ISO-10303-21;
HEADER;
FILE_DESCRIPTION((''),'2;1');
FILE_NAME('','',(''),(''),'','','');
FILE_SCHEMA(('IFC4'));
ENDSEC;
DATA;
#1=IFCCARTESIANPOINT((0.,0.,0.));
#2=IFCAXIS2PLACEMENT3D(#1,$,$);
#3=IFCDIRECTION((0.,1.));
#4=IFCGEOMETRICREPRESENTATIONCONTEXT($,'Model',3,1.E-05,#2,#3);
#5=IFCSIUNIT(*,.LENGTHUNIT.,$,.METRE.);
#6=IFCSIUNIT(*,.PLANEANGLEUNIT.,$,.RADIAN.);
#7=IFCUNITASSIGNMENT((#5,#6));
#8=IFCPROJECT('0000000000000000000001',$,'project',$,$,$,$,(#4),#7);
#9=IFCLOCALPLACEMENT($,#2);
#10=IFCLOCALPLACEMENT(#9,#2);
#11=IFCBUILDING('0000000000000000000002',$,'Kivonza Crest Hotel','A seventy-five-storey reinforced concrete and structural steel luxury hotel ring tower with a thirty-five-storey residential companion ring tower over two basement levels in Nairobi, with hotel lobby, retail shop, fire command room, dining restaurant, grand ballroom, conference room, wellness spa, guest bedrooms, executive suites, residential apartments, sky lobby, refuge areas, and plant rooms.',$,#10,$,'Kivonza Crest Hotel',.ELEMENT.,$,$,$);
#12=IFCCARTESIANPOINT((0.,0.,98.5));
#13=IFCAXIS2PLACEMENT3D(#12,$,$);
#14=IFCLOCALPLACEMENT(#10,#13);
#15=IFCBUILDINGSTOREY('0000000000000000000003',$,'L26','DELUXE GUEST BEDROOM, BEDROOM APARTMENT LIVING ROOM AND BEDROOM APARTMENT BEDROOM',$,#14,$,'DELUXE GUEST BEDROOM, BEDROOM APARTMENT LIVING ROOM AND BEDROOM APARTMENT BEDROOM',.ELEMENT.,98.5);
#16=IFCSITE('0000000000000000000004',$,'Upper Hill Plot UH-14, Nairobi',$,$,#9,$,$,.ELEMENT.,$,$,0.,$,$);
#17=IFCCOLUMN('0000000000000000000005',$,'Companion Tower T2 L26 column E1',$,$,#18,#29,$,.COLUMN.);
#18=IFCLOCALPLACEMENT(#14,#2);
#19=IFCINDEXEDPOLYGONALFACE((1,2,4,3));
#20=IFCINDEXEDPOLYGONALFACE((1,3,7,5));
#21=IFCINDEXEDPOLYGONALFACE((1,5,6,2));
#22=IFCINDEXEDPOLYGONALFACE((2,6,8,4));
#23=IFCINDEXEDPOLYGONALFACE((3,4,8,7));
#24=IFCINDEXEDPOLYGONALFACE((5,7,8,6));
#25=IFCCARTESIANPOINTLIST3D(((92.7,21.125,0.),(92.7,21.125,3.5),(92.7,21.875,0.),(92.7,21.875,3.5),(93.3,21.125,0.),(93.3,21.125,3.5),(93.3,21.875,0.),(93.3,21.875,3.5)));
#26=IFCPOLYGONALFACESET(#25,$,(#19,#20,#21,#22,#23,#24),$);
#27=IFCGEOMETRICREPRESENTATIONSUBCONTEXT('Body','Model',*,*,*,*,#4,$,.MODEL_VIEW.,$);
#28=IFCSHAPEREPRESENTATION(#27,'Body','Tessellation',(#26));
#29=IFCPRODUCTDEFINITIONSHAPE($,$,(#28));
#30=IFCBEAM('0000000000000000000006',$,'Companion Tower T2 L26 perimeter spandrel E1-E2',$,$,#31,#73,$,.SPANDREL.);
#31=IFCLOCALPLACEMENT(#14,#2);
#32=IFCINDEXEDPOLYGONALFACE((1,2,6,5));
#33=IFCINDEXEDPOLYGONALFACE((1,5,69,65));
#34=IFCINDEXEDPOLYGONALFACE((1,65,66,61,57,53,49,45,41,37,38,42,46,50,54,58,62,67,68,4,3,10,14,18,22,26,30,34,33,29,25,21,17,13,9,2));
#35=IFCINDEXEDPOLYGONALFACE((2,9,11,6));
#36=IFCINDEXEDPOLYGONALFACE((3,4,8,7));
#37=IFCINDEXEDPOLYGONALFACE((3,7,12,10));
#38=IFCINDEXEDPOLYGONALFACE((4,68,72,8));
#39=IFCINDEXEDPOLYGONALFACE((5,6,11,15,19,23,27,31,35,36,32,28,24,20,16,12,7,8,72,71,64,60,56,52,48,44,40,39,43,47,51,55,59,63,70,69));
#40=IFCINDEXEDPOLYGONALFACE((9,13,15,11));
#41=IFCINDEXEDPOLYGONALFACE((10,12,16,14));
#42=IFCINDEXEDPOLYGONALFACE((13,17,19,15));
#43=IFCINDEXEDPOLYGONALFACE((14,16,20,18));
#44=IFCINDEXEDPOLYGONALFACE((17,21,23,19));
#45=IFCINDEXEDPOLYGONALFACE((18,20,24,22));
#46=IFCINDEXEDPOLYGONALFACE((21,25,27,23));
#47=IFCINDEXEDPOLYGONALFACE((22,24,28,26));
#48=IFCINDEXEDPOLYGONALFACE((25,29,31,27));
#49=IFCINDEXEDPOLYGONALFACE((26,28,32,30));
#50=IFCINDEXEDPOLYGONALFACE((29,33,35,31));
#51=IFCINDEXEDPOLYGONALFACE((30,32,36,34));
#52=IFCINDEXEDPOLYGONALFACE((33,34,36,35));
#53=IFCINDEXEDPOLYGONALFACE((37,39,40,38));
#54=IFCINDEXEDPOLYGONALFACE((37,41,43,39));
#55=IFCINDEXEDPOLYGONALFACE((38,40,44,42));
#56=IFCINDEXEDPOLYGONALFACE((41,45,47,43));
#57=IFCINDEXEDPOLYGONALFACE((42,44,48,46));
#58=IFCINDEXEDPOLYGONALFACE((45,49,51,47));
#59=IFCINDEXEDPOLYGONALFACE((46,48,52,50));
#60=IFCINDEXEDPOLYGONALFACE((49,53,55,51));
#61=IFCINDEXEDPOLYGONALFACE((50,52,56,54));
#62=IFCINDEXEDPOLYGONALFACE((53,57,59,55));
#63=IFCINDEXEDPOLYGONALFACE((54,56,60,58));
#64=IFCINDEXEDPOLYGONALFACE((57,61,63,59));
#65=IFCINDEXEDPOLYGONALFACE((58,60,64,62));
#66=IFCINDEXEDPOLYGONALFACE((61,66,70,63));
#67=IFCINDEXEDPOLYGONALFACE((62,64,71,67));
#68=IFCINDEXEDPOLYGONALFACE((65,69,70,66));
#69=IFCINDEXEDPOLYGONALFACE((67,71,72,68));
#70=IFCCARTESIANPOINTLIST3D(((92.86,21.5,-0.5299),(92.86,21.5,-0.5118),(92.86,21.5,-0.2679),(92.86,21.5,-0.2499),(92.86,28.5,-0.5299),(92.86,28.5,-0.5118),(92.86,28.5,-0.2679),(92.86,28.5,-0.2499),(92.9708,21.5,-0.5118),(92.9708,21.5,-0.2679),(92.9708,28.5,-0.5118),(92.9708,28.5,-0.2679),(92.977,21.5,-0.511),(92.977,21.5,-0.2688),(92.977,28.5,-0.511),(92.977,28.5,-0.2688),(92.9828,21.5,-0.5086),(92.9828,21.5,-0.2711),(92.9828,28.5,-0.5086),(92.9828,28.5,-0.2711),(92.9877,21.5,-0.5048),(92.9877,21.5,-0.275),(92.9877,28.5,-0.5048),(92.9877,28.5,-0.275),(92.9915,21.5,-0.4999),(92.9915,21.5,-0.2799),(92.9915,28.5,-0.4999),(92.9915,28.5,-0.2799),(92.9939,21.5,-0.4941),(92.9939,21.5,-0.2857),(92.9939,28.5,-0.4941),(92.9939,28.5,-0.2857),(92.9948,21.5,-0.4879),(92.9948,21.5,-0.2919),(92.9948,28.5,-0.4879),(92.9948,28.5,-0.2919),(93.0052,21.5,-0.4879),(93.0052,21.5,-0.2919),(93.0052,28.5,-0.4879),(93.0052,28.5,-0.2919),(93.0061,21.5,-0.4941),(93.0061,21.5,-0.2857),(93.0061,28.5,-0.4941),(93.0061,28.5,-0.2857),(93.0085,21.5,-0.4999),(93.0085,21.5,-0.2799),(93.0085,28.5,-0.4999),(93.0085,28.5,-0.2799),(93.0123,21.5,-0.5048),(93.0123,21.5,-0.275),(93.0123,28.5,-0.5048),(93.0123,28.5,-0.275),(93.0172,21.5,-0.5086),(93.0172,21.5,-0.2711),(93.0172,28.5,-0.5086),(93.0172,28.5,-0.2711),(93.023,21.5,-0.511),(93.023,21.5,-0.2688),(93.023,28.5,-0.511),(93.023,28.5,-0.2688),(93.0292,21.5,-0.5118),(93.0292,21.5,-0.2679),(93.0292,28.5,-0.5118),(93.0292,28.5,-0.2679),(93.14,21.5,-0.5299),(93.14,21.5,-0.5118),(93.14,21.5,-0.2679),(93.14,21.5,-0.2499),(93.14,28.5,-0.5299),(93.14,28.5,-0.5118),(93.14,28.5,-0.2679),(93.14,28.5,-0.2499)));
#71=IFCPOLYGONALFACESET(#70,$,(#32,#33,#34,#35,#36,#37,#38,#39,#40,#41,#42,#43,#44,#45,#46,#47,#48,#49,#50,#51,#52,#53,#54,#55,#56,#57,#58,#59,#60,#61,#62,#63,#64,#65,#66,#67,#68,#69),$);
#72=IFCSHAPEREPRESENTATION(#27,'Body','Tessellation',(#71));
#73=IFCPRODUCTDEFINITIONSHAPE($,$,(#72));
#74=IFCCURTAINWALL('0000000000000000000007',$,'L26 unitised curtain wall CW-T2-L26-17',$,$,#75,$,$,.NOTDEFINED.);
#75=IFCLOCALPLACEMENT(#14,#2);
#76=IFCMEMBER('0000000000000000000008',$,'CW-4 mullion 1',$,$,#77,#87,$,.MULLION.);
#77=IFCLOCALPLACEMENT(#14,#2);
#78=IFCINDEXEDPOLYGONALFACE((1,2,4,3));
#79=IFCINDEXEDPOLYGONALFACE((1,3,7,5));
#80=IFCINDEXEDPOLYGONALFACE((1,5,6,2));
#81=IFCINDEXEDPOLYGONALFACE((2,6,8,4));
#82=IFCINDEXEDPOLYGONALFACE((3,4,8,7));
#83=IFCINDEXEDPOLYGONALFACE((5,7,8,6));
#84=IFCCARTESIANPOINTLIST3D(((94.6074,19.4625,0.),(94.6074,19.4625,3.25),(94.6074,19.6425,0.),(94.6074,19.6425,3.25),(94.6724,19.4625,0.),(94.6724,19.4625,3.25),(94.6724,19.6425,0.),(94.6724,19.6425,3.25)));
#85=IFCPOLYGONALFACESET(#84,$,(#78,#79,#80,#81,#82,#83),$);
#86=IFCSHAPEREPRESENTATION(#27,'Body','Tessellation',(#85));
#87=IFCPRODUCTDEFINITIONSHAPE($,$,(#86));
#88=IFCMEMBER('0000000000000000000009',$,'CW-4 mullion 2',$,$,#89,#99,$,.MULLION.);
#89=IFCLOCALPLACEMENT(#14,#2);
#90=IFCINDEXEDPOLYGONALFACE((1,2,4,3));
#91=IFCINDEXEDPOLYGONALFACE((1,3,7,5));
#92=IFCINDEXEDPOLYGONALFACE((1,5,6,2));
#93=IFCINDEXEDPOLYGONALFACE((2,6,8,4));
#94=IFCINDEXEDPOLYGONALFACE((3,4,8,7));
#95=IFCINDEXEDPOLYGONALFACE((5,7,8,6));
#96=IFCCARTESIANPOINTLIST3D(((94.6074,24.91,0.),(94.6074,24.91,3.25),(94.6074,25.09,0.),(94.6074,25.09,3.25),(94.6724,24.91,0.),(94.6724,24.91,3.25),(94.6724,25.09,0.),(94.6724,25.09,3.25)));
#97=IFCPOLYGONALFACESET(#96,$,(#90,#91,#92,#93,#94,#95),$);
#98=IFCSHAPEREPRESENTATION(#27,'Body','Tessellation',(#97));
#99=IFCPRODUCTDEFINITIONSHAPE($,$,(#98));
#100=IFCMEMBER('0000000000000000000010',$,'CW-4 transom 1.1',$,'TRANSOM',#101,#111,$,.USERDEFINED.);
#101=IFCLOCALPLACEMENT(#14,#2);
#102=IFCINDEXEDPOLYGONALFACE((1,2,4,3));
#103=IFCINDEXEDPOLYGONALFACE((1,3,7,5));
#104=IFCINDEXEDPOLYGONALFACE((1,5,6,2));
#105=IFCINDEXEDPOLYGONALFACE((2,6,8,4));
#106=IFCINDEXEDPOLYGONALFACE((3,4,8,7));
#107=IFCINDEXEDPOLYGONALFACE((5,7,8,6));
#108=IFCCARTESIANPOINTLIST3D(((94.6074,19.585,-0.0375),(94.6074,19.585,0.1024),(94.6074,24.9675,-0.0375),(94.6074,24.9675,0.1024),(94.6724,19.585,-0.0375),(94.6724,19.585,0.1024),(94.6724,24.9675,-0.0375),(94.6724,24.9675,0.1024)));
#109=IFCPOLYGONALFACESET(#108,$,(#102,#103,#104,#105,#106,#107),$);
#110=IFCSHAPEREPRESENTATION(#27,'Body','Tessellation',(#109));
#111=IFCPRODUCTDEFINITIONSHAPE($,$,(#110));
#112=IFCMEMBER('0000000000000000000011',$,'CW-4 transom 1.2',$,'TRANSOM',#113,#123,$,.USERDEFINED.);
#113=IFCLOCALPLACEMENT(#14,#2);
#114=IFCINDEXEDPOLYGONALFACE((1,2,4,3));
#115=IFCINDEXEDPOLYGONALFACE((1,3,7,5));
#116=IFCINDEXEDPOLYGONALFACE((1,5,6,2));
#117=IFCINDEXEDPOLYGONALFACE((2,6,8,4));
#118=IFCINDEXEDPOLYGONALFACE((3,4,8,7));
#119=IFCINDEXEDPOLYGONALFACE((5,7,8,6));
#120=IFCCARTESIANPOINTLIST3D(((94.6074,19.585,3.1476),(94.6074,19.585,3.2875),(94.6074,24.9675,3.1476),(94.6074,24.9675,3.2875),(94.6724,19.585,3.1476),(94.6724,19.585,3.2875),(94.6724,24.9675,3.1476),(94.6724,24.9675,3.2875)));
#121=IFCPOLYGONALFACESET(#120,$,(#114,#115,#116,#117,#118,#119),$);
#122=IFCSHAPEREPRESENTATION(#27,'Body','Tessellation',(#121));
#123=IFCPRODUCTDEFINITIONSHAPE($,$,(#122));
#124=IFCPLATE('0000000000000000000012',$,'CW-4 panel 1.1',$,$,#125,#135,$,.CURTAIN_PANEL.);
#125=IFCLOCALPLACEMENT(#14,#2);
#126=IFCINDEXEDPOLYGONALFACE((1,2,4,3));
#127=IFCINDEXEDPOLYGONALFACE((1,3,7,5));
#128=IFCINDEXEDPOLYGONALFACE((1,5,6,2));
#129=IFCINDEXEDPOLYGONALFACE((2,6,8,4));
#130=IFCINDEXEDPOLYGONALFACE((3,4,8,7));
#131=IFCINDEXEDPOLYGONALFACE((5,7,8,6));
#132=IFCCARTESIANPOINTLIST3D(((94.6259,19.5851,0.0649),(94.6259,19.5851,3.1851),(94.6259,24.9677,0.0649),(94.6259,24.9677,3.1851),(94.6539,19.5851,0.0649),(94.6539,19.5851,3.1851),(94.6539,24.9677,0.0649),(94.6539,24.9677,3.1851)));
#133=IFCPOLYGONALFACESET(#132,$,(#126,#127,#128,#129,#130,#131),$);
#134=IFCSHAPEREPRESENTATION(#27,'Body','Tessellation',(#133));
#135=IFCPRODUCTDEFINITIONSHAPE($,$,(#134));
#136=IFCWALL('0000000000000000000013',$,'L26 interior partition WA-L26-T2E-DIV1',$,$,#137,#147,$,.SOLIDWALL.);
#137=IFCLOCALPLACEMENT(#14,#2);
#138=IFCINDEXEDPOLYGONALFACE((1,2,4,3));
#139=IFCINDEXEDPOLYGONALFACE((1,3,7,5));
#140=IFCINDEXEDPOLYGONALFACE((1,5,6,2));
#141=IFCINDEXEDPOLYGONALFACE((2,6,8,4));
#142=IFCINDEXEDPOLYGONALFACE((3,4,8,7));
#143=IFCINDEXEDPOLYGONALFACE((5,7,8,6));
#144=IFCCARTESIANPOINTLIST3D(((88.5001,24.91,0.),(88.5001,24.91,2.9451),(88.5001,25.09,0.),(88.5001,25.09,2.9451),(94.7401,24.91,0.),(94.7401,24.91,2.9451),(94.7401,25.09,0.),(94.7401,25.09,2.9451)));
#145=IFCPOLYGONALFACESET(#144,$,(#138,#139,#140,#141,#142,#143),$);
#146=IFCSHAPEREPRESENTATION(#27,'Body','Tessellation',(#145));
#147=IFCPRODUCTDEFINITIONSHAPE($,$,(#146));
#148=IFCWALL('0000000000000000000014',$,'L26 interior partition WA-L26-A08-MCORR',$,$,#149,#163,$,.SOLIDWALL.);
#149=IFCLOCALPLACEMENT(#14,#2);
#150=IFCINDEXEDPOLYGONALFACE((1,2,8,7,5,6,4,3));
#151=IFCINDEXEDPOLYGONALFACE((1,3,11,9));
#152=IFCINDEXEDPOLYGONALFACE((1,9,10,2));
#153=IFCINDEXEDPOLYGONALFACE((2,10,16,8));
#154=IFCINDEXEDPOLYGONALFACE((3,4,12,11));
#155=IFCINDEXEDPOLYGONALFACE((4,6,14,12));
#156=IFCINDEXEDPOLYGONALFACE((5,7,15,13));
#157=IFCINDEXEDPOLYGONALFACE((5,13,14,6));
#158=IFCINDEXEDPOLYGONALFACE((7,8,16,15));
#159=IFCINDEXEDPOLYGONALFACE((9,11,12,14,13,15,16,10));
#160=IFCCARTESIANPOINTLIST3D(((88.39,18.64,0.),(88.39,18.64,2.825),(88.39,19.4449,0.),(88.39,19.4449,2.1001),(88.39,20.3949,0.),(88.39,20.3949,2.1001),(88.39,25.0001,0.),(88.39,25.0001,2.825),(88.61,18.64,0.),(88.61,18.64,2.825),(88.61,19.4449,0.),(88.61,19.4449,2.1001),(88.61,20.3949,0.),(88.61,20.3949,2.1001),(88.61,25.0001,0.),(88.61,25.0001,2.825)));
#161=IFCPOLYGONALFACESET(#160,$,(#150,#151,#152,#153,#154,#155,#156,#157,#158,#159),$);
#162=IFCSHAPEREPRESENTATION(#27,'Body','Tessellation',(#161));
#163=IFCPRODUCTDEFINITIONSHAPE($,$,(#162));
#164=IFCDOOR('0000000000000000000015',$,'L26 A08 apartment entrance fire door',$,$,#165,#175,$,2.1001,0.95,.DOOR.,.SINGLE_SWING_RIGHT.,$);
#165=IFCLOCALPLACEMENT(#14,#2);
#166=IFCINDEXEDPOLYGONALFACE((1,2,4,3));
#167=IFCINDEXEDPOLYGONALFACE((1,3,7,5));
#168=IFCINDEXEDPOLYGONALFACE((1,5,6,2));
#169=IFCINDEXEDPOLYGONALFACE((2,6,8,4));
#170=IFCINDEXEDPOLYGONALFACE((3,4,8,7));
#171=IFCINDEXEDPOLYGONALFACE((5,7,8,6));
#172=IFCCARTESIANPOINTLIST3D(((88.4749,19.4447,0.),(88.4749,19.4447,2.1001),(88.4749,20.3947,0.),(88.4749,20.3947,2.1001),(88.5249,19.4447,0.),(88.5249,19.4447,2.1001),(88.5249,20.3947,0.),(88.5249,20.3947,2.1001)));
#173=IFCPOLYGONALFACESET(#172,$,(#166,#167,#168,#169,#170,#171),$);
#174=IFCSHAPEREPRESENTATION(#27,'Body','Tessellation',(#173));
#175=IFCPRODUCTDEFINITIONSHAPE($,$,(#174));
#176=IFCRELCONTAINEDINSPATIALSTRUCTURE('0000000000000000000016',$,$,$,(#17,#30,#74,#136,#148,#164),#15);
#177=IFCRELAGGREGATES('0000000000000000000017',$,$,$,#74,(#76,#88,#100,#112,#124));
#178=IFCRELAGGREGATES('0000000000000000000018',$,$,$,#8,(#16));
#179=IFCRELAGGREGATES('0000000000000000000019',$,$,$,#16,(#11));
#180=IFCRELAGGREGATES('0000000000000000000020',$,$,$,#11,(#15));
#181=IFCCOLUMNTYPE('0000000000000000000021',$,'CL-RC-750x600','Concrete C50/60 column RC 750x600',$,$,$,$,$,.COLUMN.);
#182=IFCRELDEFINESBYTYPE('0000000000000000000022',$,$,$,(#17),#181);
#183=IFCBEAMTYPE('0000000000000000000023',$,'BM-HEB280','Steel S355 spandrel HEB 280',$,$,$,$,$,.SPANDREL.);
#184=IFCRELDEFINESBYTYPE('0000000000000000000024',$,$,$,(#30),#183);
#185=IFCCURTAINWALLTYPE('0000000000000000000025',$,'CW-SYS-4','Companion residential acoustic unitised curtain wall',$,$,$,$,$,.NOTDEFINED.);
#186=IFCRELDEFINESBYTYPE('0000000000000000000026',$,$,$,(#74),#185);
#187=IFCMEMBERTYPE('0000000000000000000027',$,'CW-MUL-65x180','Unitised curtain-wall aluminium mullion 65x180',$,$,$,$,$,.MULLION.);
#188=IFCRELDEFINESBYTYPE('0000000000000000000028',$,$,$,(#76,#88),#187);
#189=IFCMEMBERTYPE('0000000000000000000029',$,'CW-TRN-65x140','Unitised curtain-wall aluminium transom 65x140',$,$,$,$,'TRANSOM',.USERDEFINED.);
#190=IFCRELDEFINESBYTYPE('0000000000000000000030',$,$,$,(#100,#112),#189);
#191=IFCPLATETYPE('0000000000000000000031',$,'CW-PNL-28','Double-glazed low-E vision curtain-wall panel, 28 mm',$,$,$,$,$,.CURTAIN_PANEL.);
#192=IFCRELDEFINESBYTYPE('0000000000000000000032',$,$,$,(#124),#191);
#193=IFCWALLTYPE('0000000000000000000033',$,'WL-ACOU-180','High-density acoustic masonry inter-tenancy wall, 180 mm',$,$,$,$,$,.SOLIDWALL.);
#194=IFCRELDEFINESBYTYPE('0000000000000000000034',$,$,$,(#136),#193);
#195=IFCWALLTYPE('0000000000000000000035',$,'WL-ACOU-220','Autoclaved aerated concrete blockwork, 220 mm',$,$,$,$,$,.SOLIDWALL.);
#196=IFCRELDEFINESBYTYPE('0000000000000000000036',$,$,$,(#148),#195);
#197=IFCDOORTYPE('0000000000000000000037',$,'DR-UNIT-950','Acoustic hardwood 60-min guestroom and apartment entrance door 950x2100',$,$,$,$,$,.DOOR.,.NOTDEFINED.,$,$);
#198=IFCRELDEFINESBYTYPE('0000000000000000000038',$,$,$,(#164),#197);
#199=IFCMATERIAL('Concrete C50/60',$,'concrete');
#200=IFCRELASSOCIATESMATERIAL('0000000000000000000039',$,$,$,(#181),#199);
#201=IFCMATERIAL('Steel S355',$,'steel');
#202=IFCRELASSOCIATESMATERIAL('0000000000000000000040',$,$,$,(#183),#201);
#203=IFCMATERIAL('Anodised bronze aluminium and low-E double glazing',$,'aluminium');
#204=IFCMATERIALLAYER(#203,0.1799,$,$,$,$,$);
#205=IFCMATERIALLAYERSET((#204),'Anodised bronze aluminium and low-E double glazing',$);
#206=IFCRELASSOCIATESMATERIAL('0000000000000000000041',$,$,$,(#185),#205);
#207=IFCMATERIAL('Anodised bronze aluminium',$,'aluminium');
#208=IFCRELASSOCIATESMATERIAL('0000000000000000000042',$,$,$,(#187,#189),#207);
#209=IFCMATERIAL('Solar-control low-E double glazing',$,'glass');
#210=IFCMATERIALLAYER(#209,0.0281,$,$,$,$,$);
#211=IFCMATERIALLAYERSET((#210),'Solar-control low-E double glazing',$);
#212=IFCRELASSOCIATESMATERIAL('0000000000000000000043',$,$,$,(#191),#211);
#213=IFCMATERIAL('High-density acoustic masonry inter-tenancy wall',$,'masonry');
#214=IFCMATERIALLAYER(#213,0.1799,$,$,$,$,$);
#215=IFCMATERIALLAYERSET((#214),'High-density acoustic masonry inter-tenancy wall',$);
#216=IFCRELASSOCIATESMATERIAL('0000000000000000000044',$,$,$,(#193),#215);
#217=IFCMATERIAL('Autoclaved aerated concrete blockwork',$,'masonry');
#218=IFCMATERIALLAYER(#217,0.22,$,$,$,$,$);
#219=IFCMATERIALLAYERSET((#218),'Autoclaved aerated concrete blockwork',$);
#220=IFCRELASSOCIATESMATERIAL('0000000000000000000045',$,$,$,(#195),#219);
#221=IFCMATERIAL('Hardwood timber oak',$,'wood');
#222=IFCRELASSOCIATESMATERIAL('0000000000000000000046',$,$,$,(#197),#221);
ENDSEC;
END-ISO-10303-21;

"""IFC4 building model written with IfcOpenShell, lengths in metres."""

from ifc_helpers import new_model, si_unit, direction, frame, frame_2d, origin, origin_2d, place, context, subcontext, project, spatial, rectangle, i_section, extrude, material, layer, layer_set, material_profile, profile_set, type_object, element, fill, aggregate, save


model = new_model("IFC4")

# Units and contexts
model_context = context("Model", 3, precision=1e-05, world=origin(), true_north=direction((0.0, 1.0)))
body_context = subcontext(model_context, "Body", "Model", "MODEL_VIEW")
ifc_project = project(units=[si_unit("LENGTHUNIT", "METRE"), si_unit("PLANEANGLEUNIT", "RADIAN")], contexts=[model_context])

# Site, building, storey
site_placement = place(None, origin())
site = spatial("IfcSite", under=ifc_project, at=site_placement, Name="Upper Hill Plot UH-14, Nairobi", CompositionType="ELEMENT", RefElevation=0.0)
building_placement = place(site_placement, origin())
building = spatial("IfcBuilding", under=site, at=building_placement, Name="Kivonza Crest Hotel", Description="A seventy-five-storey reinforced concrete and structural steel luxury hotel ring tower with a thirty-five-storey residential companion ring tower over two basement levels in Nairobi, with hotel lobby, retail shop, fire command room, dining restaurant, grand ballroom, conference room, wellness spa, guest bedrooms, executive suites, residential apartments, sky lobby, refuge areas, and plant rooms.", LongName="Kivonza Crest Hotel", CompositionType="ELEMENT")
storey_placement = place(building_placement, frame((0.0, 0.0, 98.5)))
storey = spatial("IfcBuildingStorey", under=building, at=storey_placement, Name="L26", Description="DELUXE GUEST BEDROOM, BEDROOM APARTMENT LIVING ROOM AND BEDROOM APARTMENT BEDROOM", LongName="DELUXE GUEST BEDROOM, BEDROOM APARTMENT LIVING ROOM AND BEDROOM APARTMENT BEDROOM", CompositionType="ELEMENT", Elevation=98.5)

# Column
ifc_material_1 = material(Name="Concrete C50/60", Category="concrete")
ifc_material_profile_1 = material_profile(ifc_material_1, rectangle(XDim=0.6001, YDim=0.75, at=origin_2d()), Name="RC 750x600")
ifc_profile_set_1 = profile_set([ifc_material_profile_1], Name="Concrete C50/60")
column_type = type_object("IfcColumnType", Name="CL-RC-750x600", Description="Concrete C50/60 column RC 750x600", PredefinedType="COLUMN", material=ifc_profile_set_1)
column_placement = place(storey_placement, frame((93.0, 21.5, 0.0), z_axis=(0.0, 0.0, 1.0), x_axis=(1.0, 0.0, 0.0)))
element("IfcColumn", 1, at=column_placement, inside=storey, type_object=column_type, Name="Companion Tower T2 L26 column E1", PredefinedType="COLUMN", context=body_context, shape_type="SweptSolid", body=[
    extrude(rectangle(XDim=0.6001, YDim=0.75, at=origin_2d()), origin(), (0.0, 0.0, 1.0), 3.5),
])

# Beam
ifc_material_2 = material(Name="Steel S355", Category="steel")
ifc_material_profile_2 = material_profile(ifc_material_2, i_section(OverallWidth=0.28, OverallDepth=0.28, WebThickness=0.0105, FlangeThickness=0.0181, FilletRadius=0.0239, at=origin_2d()), Name="HEB 280")
ifc_profile_set_2 = profile_set([ifc_material_profile_2], Name="Steel S355")
beam_type = type_object("IfcBeamType", Name="BM-HEB280", Description="Steel S355 spandrel HEB 280", PredefinedType="SPANDREL", material=ifc_profile_set_2)
beam_placement = place(storey_placement, frame((93.0, 21.5, -0.3899), z_axis=(0.0, 1.0, 0.0), x_axis=(-1.0, 0.0, 0.0)))
element("IfcBeam", 2, at=beam_placement, inside=storey, type_object=beam_type, Name="Companion Tower T2 L26 perimeter spandrel E1-E2", PredefinedType="SPANDREL", context=body_context, shape_type="SweptSolid", body=[
    extrude(i_section(OverallWidth=0.28, OverallDepth=0.28, WebThickness=0.0105, FlangeThickness=0.0181, FilletRadius=0.0239, at=origin_2d()), origin(), (0.0, 0.0, 1.0), 7.0),
])

# Curtain wall, members, plate
ifc_material_3 = material(Name="Anodised bronze aluminium and low-E double glazing", Category="aluminium")
ifc_layer_1 = layer(ifc_material_3, 0.1799)
ifc_layer_set_1 = layer_set([ifc_layer_1], Name="Anodised bronze aluminium and low-E double glazing")
curtain_wall_type = type_object("IfcCurtainWallType", Name="CW-SYS-4", Description="Companion residential acoustic unitised curtain wall", PredefinedType="NOTDEFINED", material=ifc_layer_set_1)
curtain_wall_placement = place(storey_placement, origin())
curtain_wall = element("IfcCurtainWall", 3, at=curtain_wall_placement, inside=storey, type_object=curtain_wall_type, Name="L26 unitised curtain wall CW-T2-L26-17", PredefinedType="NOTDEFINED")
ifc_material_4 = material(Name="Anodised bronze aluminium", Category="aluminium")
ifc_material_profile_3 = material_profile(ifc_material_4, rectangle(XDim=0.0649, YDim=0.1799, at=origin_2d()), Name="CW-M 65x180")
ifc_profile_set_3 = profile_set([ifc_material_profile_3], Name="Anodised bronze aluminium")
member_type_1 = type_object("IfcMemberType", Name="CW-MUL-65x180", Description="Unitised curtain-wall aluminium mullion 65x180", PredefinedType="MULLION", material=ifc_profile_set_3)
member_1_placement = place(storey_placement, frame((94.6399, 19.5525, 0.0), z_axis=(0.0, 0.0, 1.0), x_axis=(-1.0, 0.0, 0.0)))
member_1 = element("IfcMember", 4, at=member_1_placement, type_object=member_type_1, Name="CW-4 mullion 1", PredefinedType="MULLION", context=body_context, shape_type="SweptSolid", body=[
    extrude(rectangle(XDim=0.0649, YDim=0.1799, at=origin_2d()), origin(), (0.0, 0.0, 1.0), 3.25),
])
member_2_placement = place(storey_placement, frame((94.6399, 25.0, 0.0), z_axis=(0.0, 0.0, 1.0), x_axis=(-1.0, 0.0, 0.0)))
member_2 = element("IfcMember", 5, at=member_2_placement, type_object=member_type_1, Name="CW-4 mullion 2", PredefinedType="MULLION", context=body_context, shape_type="SweptSolid", body=[
    extrude(rectangle(XDim=0.0649, YDim=0.1799, at=origin_2d()), origin(), (0.0, 0.0, 1.0), 3.25),
])
ifc_material_profile_4 = material_profile(ifc_material_4, rectangle(XDim=0.0649, YDim=0.1399, at=origin_2d()), Name="CW-T 65x140")
ifc_profile_set_4 = profile_set([ifc_material_profile_4], Name="Anodised bronze aluminium")
member_type_2 = type_object("IfcMemberType", Name="CW-TRN-65x140", Description="Unitised curtain-wall aluminium transom 65x140", ElementType="TRANSOM", PredefinedType="USERDEFINED", material=ifc_profile_set_4)
member_3_placement = place(storey_placement, frame((94.6399, 19.585, 0.0325), z_axis=(0.0, 1.0, 0.0), x_axis=(-1.0, 0.0, 0.0)))
member_3 = element("IfcMember", 6, at=member_3_placement, type_object=member_type_2, Name="CW-4 transom 1.1", ObjectType="TRANSOM", PredefinedType="USERDEFINED", context=body_context, shape_type="SweptSolid", body=[
    extrude(rectangle(XDim=0.0649, YDim=0.1399, at=origin_2d()), origin(), (0.0, 0.0, 1.0), 5.3826),
])
member_4_placement = place(storey_placement, frame((94.6399, 19.585, 3.2175), z_axis=(0.0, 1.0, 0.0), x_axis=(-1.0, 0.0, 0.0)))
member_4 = element("IfcMember", 7, at=member_4_placement, type_object=member_type_2, Name="CW-4 transom 1.2", ObjectType="TRANSOM", PredefinedType="USERDEFINED", context=body_context, shape_type="SweptSolid", body=[
    extrude(rectangle(XDim=0.0649, YDim=0.1399, at=origin_2d()), origin(), (0.0, 0.0, 1.0), 5.3826),
])
ifc_material_5 = material(Name="Solar-control low-E double glazing", Category="glass")
ifc_layer_2 = layer(ifc_material_5, 0.0281)
ifc_layer_set_2 = layer_set([ifc_layer_2], Name="Solar-control low-E double glazing")
plate_type = type_object("IfcPlateType", Name="CW-PNL-28", Description="Double-glazed low-E vision curtain-wall panel, 28 mm", PredefinedType="CURTAIN_PANEL", material=ifc_layer_set_2)
plate_placement = place(storey_placement, frame((94.6399, 22.2764, 0.0649), z_axis=(0.0, 0.0, 1.0), x_axis=(0.0, 1.0, 0.0)))
plate = element("IfcPlate", 8, at=plate_placement, type_object=plate_type, Name="CW-4 panel 1.1", PredefinedType="CURTAIN_PANEL", context=body_context, shape_type="SweptSolid", body=[
    extrude(rectangle(XDim=5.3826, YDim=0.0281, at=origin_2d()), origin(), (0.0, 0.0, 1.0), 3.1201),
])
aggregate(curtain_wall, [member_1, member_2, member_3, member_4, plate])

# Wall
ifc_material_6 = material(Name="High-density acoustic masonry inter-tenancy wall", Category="masonry")
ifc_layer_3 = layer(ifc_material_6, 0.1799)
ifc_layer_set_3 = layer_set([ifc_layer_3], Name="High-density acoustic masonry inter-tenancy wall")
wall_type_1 = type_object("IfcWallType", Name="WL-ACOU-180", Description="High-density acoustic masonry inter-tenancy wall, 180 mm", PredefinedType="SOLIDWALL", material=ifc_layer_set_3)
wall_1_placement = place(storey_placement, frame((88.5, 25.0, 0.0), z_axis=(0.0, 0.0, 1.0), x_axis=(1.0, 0.0, 0.0)))
element("IfcWall", 9, at=wall_1_placement, inside=storey, type_object=wall_type_1, Name="L26 interior partition WA-L26-T2E-DIV1", PredefinedType="SOLIDWALL", context=body_context, shape_type="SweptSolid", body=[
    extrude(rectangle(XDim=6.24, YDim=0.1799, at=frame_2d((3.1201, 0.0))), origin(), (0.0, 0.0, 1.0), 2.9451),
])

# Wall, opening, door
ifc_material_7 = material(Name="Autoclaved aerated concrete blockwork", Category="masonry")
ifc_layer_4 = layer(ifc_material_7, 0.22)
ifc_layer_set_4 = layer_set([ifc_layer_4], Name="Autoclaved aerated concrete blockwork")
wall_type_2 = type_object("IfcWallType", Name="WL-ACOU-220", Description="Autoclaved aerated concrete blockwork, 220 mm", PredefinedType="SOLIDWALL", material=ifc_layer_set_4)
wall_2_placement = place(storey_placement, frame((88.5, 18.6399, 0.0), z_axis=(0.0, 0.0, 1.0), x_axis=(0.0, 1.0, 0.0)))
wall_2 = element("IfcWall", 10, at=wall_2_placement, inside=storey, type_object=wall_type_2, Name="L26 interior partition WA-L26-A08-MCORR", PredefinedType="SOLIDWALL", context=body_context, shape_type="SweptSolid", body=[
    extrude(rectangle(XDim=6.3601, YDim=0.22, at=frame_2d((3.1802, 0.0))), origin(), (0.0, 0.0, 1.0), 2.825),
])
opening_1_placement = place(wall_2_placement, frame((0.8049, 0.0, 0.0)))
opening_1 = element("IfcOpeningElement", 11, at=opening_1_placement, cuts=wall_2, PredefinedType="OPENING", context=body_context, shape_type="SweptSolid", body=[
    extrude(rectangle(XDim=0.95, YDim=2.1001, at=frame_2d((0.4751, 1.05))), frame((0.0, 0.1201, 0.0), z_axis=(0.0, -1.0, 0.0), x_axis=(1.0, 0.0, 0.0)), (0.0, 0.0, 1.0), 0.24),
])
ifc_material_8 = material(Name="Hardwood timber oak", Category="wood")
door_type_1 = type_object("IfcDoorType", Name="DR-UNIT-950", Description="Acoustic hardwood 60-min guestroom and apartment entrance door 950x2100", OperationType="NOTDEFINED", PredefinedType="DOOR", material=ifc_material_8)
door_1_placement = place(opening_1_placement, frame((0.95, 0.0, 0.0), z_axis=(0.0, 0.0, 1.0), x_axis=(-1.0, 0.0, 0.0)))
door_1 = element("IfcDoor", 12, at=door_1_placement, inside=storey, type_object=door_type_1, Name="L26 A08 apartment entrance fire door", OperationType="SINGLE_SWING_RIGHT", OverallHeight=2.1001, OverallWidth=0.95, PredefinedType="DOOR", context=body_context, shape_type="SweptSolid", body=[
    extrude(rectangle(XDim=0.95, YDim=2.1001, at=frame_2d((0.4751, 1.05))), frame((0.0, 0.0249, 0.0), z_axis=(0.0, -1.0, 0.0), x_axis=(1.0, 0.0, 0.0)), (0.0, 0.0, 1.0), 0.05),
])
fill(opening_1, door_1)

save(model, "model.ifc")
